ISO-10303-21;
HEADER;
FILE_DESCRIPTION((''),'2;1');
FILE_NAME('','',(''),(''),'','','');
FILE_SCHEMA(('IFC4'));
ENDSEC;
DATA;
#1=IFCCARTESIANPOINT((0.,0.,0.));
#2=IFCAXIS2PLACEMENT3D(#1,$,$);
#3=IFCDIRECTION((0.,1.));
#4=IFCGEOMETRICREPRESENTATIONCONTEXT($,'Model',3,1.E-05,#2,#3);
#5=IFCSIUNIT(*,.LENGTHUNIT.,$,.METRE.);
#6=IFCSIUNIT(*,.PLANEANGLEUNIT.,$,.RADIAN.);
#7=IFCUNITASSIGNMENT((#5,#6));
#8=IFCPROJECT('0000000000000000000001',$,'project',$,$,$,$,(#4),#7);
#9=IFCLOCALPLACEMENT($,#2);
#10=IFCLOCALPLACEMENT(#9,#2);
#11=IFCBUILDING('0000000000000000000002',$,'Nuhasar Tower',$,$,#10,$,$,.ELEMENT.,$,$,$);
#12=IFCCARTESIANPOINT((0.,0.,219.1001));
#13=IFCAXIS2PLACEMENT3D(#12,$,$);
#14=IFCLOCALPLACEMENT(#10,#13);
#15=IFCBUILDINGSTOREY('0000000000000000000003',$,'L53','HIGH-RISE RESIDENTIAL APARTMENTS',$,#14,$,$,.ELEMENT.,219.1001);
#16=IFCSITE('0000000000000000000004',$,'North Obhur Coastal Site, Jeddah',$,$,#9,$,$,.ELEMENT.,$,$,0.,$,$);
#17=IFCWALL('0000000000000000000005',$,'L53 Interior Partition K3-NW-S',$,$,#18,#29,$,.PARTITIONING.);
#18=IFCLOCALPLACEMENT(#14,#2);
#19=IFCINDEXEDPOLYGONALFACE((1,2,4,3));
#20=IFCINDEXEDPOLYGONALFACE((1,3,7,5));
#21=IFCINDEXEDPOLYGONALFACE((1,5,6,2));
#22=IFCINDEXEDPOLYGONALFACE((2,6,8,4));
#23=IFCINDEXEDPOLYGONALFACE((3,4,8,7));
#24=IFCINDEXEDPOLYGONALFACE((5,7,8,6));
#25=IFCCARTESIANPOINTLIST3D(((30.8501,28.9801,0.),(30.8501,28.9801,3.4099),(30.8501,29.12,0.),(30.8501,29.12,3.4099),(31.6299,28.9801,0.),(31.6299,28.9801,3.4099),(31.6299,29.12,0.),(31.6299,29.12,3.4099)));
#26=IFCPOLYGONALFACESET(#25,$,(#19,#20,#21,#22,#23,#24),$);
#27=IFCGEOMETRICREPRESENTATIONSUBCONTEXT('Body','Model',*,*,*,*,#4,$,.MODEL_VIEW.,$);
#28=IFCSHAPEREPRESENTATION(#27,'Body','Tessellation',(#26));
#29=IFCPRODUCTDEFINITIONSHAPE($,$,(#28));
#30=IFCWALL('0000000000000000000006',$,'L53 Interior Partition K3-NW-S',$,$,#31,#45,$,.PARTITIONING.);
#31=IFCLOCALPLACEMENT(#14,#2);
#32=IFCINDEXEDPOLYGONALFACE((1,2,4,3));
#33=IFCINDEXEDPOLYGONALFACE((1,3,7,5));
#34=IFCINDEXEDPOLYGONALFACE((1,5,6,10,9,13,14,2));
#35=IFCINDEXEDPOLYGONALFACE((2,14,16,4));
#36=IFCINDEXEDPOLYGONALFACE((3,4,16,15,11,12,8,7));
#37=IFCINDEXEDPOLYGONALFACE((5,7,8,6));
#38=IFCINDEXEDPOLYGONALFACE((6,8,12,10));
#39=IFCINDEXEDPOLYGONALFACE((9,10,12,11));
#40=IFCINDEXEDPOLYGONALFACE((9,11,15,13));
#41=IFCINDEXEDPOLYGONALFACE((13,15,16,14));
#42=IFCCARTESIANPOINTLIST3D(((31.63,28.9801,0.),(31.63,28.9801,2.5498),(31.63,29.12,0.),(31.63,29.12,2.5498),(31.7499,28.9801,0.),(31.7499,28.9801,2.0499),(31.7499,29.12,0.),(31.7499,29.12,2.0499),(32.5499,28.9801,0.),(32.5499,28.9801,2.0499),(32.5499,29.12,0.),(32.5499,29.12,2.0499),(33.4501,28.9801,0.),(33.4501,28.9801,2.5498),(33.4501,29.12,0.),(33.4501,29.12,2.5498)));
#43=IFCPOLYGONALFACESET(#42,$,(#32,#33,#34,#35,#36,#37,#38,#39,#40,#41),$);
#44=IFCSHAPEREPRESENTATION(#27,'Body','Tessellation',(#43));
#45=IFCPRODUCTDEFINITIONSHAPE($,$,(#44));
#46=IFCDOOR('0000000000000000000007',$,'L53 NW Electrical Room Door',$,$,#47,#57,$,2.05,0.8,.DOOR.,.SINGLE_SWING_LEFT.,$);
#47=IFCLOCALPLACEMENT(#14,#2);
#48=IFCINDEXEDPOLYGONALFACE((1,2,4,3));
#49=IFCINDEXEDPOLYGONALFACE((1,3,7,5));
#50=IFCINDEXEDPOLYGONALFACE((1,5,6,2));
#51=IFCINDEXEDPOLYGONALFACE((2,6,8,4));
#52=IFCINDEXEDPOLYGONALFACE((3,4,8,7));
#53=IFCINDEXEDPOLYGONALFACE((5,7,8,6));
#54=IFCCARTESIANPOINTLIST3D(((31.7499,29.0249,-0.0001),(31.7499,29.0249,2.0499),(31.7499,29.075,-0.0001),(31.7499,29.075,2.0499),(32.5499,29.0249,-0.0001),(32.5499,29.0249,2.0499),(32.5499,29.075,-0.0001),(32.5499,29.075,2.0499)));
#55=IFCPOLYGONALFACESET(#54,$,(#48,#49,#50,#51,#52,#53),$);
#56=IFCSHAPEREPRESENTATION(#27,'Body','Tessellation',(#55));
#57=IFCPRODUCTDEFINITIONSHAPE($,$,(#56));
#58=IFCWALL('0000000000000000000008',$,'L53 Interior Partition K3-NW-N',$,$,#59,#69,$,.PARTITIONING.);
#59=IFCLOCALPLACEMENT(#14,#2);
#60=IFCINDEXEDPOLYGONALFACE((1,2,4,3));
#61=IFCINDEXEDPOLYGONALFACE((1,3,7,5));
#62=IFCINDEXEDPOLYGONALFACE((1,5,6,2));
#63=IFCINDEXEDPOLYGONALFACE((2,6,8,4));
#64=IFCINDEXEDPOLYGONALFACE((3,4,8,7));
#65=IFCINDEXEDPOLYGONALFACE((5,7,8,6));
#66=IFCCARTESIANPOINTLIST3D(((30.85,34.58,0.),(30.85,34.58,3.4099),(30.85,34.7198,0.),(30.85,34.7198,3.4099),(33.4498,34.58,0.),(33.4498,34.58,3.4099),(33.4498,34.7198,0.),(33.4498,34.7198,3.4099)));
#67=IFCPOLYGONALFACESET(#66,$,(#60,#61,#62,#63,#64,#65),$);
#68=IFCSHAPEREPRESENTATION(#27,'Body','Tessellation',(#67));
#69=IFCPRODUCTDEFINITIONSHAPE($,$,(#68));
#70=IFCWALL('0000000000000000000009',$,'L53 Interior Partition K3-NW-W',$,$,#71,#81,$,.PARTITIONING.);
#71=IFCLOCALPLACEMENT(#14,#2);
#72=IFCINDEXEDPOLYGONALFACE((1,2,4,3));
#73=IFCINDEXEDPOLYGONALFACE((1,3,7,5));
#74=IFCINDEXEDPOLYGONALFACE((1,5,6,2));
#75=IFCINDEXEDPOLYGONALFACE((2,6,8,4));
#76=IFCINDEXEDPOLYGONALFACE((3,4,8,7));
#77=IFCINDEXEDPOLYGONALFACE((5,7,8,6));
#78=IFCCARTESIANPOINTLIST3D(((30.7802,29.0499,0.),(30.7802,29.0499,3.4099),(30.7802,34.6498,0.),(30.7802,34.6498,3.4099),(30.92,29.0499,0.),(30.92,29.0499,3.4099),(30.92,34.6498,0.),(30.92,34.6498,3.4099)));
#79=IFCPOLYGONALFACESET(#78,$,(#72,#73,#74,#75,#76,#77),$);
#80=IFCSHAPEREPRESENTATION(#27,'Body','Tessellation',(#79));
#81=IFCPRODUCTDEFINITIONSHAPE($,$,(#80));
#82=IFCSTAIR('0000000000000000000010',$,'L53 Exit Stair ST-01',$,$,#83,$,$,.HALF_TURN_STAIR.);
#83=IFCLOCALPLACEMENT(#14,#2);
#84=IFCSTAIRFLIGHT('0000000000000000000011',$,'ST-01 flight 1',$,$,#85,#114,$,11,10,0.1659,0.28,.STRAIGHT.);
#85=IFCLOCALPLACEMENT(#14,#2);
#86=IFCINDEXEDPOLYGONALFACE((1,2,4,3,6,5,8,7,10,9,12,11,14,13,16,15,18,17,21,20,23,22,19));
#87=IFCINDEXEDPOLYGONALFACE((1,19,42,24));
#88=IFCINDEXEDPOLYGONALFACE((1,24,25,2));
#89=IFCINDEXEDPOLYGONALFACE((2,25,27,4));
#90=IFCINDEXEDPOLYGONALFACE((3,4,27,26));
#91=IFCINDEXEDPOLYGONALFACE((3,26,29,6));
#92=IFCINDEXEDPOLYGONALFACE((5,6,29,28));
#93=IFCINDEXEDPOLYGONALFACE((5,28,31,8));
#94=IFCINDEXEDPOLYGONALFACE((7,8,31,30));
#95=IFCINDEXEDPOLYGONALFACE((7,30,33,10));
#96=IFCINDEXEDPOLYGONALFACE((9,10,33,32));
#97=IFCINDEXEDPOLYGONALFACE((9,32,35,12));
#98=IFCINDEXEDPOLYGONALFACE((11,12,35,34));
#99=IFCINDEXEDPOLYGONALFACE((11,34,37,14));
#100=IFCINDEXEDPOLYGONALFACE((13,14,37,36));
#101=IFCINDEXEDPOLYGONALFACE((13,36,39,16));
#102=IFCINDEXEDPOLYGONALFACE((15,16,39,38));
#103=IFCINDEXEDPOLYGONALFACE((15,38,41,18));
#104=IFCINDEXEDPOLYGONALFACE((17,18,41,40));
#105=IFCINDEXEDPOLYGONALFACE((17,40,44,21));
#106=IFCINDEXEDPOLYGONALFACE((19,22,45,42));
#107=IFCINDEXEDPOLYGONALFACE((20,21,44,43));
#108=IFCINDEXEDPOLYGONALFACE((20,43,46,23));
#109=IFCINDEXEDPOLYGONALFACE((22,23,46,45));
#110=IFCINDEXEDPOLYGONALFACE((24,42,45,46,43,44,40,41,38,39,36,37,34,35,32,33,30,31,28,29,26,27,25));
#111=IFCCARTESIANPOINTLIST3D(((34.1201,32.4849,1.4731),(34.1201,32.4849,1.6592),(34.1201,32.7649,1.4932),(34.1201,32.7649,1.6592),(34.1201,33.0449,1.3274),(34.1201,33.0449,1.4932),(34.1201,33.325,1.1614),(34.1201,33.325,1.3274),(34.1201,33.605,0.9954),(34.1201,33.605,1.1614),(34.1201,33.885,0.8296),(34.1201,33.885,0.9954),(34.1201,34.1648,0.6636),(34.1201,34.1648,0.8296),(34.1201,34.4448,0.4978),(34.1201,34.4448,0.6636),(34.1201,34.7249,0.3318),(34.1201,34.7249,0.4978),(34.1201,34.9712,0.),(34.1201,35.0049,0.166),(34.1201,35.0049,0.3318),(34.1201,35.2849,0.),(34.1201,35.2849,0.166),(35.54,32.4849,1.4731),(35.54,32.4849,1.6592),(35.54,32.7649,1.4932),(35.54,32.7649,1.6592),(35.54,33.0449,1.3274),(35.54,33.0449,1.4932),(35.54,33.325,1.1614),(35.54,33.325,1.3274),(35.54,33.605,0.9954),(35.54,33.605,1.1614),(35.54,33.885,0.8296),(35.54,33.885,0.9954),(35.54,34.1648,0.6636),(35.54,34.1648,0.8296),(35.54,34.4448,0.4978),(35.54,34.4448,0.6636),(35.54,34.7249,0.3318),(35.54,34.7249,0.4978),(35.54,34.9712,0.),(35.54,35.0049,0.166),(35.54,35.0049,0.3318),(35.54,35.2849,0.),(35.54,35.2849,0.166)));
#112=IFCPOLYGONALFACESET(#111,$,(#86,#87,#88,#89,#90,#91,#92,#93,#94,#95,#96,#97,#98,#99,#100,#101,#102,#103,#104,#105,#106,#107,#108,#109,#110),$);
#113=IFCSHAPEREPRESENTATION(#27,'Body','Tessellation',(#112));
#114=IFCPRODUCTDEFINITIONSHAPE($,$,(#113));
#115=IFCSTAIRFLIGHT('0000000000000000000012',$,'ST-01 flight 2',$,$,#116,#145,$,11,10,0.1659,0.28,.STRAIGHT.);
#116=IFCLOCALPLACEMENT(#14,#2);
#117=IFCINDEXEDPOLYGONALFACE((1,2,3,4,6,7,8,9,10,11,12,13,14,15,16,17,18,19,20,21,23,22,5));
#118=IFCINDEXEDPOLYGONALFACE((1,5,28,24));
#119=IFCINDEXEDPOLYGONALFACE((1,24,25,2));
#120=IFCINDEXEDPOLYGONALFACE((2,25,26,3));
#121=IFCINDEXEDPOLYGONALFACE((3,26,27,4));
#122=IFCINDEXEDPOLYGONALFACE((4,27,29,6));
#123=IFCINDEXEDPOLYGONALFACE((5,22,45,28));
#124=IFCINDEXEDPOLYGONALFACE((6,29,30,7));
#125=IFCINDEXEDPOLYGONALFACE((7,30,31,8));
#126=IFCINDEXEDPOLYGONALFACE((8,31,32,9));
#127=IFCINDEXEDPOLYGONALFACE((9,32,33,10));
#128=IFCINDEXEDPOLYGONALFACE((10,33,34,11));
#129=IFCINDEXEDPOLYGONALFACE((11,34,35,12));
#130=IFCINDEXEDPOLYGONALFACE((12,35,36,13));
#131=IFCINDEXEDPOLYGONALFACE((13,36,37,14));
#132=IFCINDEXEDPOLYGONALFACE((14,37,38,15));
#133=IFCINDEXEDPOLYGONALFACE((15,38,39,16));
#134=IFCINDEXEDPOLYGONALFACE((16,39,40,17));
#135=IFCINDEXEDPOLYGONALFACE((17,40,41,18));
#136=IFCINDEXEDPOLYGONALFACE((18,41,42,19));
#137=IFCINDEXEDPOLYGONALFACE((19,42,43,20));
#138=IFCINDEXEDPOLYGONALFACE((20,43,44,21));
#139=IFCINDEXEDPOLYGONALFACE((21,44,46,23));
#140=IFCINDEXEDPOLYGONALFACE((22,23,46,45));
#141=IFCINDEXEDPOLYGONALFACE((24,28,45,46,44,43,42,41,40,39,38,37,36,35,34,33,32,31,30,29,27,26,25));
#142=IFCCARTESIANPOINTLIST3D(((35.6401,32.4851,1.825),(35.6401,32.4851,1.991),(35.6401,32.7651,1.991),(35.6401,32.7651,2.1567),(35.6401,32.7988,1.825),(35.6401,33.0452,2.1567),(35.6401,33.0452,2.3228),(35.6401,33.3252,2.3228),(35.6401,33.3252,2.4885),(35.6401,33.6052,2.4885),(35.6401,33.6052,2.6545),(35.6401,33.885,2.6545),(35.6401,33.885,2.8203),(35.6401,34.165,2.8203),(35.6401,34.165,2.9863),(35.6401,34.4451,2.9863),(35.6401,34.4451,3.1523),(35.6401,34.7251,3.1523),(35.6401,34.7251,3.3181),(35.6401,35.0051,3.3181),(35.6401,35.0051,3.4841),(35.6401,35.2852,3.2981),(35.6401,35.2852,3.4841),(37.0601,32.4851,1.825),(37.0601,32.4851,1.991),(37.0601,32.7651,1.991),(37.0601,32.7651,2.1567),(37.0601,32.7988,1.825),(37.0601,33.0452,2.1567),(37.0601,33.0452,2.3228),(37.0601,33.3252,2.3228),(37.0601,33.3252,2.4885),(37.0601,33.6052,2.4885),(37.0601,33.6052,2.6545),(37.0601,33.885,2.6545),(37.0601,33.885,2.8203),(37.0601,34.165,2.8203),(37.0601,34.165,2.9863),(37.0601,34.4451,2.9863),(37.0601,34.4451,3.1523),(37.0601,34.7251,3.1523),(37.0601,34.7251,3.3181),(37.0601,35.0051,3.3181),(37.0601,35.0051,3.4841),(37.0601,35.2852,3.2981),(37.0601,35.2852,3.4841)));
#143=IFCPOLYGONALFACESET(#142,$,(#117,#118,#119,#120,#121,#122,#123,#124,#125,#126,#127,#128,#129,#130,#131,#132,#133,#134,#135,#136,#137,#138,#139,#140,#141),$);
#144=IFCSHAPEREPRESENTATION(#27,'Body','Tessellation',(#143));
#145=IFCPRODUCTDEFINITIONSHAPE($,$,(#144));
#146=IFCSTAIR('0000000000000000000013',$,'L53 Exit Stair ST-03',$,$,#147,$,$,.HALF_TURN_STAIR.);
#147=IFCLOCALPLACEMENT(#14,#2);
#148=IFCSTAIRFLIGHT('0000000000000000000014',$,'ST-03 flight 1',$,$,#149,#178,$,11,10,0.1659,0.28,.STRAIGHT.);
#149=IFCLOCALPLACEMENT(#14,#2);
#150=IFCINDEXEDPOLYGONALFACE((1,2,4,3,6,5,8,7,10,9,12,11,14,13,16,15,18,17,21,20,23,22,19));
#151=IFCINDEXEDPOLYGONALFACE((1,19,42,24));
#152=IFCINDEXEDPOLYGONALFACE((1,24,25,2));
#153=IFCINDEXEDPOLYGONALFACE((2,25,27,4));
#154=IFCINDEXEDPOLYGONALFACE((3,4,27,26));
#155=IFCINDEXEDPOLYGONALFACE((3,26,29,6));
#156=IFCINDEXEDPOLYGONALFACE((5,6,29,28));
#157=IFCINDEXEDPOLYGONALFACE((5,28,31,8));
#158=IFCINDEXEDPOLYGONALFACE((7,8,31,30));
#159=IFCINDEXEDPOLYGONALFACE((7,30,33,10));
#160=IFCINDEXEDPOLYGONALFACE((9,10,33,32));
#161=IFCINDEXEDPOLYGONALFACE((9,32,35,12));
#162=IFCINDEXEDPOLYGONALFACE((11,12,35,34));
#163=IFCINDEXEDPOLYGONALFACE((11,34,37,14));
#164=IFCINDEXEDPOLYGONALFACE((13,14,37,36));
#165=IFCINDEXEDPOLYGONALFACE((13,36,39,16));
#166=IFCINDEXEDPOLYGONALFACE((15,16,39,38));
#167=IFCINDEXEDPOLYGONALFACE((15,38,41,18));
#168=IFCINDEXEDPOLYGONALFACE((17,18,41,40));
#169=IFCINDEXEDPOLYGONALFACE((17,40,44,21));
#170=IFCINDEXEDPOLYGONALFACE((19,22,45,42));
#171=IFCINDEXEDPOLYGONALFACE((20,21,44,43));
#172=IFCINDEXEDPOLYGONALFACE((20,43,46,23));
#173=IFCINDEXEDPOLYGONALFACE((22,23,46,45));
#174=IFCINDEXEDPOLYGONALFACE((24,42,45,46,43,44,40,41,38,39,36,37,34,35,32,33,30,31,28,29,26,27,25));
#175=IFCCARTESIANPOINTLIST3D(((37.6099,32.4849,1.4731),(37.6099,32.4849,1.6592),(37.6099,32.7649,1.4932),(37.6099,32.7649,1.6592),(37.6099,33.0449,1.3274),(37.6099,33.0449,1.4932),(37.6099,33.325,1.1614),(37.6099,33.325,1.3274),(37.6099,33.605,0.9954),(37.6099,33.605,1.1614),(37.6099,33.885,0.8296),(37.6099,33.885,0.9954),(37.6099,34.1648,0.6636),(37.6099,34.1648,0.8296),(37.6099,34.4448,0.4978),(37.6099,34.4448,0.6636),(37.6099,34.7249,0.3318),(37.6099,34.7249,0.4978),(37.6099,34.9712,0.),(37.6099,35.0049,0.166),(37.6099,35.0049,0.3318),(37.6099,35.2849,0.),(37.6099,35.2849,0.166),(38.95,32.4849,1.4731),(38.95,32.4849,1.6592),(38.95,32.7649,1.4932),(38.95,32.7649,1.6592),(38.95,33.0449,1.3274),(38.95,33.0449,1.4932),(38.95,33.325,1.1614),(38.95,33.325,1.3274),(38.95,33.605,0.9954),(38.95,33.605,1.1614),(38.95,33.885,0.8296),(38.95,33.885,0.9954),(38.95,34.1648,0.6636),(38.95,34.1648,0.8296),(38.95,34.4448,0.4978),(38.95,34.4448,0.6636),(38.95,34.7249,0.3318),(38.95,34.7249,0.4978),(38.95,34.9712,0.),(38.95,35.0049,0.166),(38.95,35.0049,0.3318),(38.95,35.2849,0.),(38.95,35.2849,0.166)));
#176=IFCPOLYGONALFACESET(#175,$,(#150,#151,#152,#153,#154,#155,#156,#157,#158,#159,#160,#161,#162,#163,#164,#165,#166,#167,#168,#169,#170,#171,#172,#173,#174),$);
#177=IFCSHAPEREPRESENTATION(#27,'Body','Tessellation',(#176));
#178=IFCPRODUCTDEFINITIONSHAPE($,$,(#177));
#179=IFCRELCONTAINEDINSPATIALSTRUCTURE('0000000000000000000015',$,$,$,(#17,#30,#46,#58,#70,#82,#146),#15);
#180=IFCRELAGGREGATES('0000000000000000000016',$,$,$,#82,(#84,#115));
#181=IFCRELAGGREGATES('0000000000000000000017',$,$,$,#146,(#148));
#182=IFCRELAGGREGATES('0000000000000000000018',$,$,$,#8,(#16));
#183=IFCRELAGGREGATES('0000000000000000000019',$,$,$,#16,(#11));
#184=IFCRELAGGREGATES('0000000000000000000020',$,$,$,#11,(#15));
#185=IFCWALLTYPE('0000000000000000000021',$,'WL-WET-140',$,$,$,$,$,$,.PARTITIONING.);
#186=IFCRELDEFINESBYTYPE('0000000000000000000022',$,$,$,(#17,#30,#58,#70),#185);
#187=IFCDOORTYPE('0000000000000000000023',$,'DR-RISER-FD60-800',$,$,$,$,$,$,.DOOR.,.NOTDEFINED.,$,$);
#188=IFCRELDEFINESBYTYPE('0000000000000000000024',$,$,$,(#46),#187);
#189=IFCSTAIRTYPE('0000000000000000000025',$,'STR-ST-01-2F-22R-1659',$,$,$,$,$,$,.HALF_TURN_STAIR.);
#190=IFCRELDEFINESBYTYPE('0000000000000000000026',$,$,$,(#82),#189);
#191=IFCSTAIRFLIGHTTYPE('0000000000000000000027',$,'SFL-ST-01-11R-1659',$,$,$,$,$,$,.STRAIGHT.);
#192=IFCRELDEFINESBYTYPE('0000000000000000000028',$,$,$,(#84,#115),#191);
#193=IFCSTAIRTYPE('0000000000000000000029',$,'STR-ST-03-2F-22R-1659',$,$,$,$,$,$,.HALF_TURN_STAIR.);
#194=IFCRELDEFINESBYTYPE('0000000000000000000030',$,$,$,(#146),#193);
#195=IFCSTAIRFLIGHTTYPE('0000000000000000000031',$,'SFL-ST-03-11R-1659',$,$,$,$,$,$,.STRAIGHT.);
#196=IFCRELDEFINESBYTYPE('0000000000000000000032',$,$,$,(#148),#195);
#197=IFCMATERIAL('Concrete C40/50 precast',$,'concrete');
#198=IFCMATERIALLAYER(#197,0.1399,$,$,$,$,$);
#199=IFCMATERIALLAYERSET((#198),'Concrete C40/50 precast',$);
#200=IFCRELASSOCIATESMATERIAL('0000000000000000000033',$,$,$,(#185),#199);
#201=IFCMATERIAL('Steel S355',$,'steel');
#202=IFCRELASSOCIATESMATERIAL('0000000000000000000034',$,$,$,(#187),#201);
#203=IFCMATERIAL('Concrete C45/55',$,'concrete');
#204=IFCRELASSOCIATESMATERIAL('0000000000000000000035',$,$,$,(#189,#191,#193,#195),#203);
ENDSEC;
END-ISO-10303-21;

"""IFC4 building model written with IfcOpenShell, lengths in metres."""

from ifc_helpers import new_model, si_unit, direction, frame, frame_2d, origin, place, context, subcontext, project, spatial, polyline, rectangle, outline, extrude, material, layer, layer_set, type_object, element, fill, aggregate, save


model = new_model("IFC4")

# Units and contexts
model_context = context("Model", 3, precision=1e-05, world=origin(), true_north=direction((0.0, 1.0)))
body_context = subcontext(model_context, "Body", "Model", "MODEL_VIEW")
ifc_project = project(units=[si_unit("LENGTHUNIT", "METRE"), si_unit("PLANEANGLEUNIT", "RADIAN")], contexts=[model_context])

# Site, building, storey
site_placement = place(None, origin())
site = spatial("IfcSite", under=ifc_project, at=site_placement, Name="North Obhur Coastal Site, Jeddah", CompositionType="ELEMENT", RefElevation=0.0)
building_placement = place(site_placement, origin())
building = spatial("IfcBuilding", under=site, at=building_placement, Name="Nuhasar Tower", CompositionType="ELEMENT")
storey_placement = place(building_placement, frame((0.0, 0.0, 219.1001)))
storey = spatial("IfcBuildingStorey", under=building, at=storey_placement, Name="L53", Description="HIGH-RISE RESIDENTIAL APARTMENTS", CompositionType="ELEMENT", Elevation=219.1001)

# Shared definitions
ifc_material_1 = material(Name="Steel S355", Category="steel")

# Shared definitions
ifc_material_2 = material(Name="Concrete C40/50 precast", Category="concrete")
ifc_layer_1 = layer(ifc_material_2, 0.1399)
ifc_layer_set_1 = layer_set([ifc_layer_1], Name="Concrete C40/50 precast")
wall_type_1 = type_object("IfcWallType", Name="WL-WET-140", PredefinedType="PARTITIONING", material=ifc_layer_set_1)

# Wall
wall_1_placement = place(storey_placement, frame((30.8501, 29.05, 0.0), z_axis=(0.0, 0.0, 1.0), x_axis=(1.0, 0.0, 0.0)))
element("IfcWall", 1, at=wall_1_placement, inside=storey, type_object=wall_type_1, Name="L53 Interior Partition K3-NW-S", PredefinedType="PARTITIONING", context=body_context, shape_type="SweptSolid", body=[
    extrude(rectangle(XDim=0.7798, YDim=0.1399, at=frame_2d((0.3899, 0.0))), origin(), (0.0, 0.0, 1.0), 3.4099),
])

# Wall, opening, door
wall_2_placement = place(storey_placement, frame((31.6299, 29.05, 0.0), z_axis=(0.0, 0.0, 1.0), x_axis=(1.0, 0.0, 0.0)))
wall_2 = element("IfcWall", 2, at=wall_2_placement, inside=storey, type_object=wall_type_1, Name="L53 Interior Partition K3-NW-S", PredefinedType="PARTITIONING", context=body_context, shape_type="SweptSolid", body=[
    extrude(rectangle(XDim=1.8201, YDim=0.1399, at=frame_2d((0.9102, 0.0))), origin(), (0.0, 0.0, 1.0), 2.5498),
])
opening_1_placement = place(wall_2_placement, frame((0.1201, 0.0, 0.0)))
opening_1 = element("IfcOpeningElement", 3, at=opening_1_placement, cuts=wall_2, PredefinedType="OPENING", context=body_context, shape_type="SweptSolid", body=[
    extrude(rectangle(XDim=0.8, YDim=2.05, at=frame_2d((0.3999, 1.0249))), frame((0.0, 0.0801, 0.0), z_axis=(0.0, -1.0, 0.0), x_axis=(1.0, 0.0, 0.0)), (0.0, 0.0, 1.0), 0.1599),
])
door_type_1 = type_object("IfcDoorType", Name="DR-RISER-FD60-800", OperationType="NOTDEFINED", PredefinedType="DOOR", material=ifc_material_1)
door_1_placement = place(opening_1_placement, origin())
door_1 = element("IfcDoor", 4, at=door_1_placement, inside=storey, type_object=door_type_1, Name="L53 NW Electrical Room Door", OperationType="SINGLE_SWING_LEFT", OverallHeight=2.05, OverallWidth=0.8, PredefinedType="DOOR", context=body_context, shape_type="SweptSolid", body=[
    extrude(rectangle(XDim=0.8, YDim=2.05, at=frame_2d((0.3999, 1.0249))), frame((0.0, 0.0249, 0.0), z_axis=(0.0, -1.0, 0.0), x_axis=(1.0, 0.0, 0.0)), (0.0, 0.0, 1.0), 0.05),
])
fill(opening_1, door_1)

# Walls
wall_3_placement = place(storey_placement, frame((30.8501, 34.6499, 0.0), z_axis=(0.0, 0.0, 1.0), x_axis=(1.0, 0.0, 0.0)))
element("IfcWall", 5, at=wall_3_placement, inside=storey, type_object=wall_type_1, Name="L53 Interior Partition K3-NW-N", PredefinedType="PARTITIONING", context=body_context, shape_type="SweptSolid", body=[
    extrude(rectangle(XDim=2.5999, YDim=0.1399, at=frame_2d((1.2998, 0.0))), origin(), (0.0, 0.0, 1.0), 3.4099),
])
wall_4_placement = place(storey_placement, frame((30.8501, 29.05, 0.0), z_axis=(0.0, 0.0, 1.0), x_axis=(0.0, 1.0, 0.0)))
element("IfcWall", 6, at=wall_4_placement, inside=storey, type_object=wall_type_1, Name="L53 Interior Partition K3-NW-W", PredefinedType="PARTITIONING", context=body_context, shape_type="SweptSolid", body=[
    extrude(rectangle(XDim=5.5999, YDim=0.1399, at=frame_2d((2.7998, 0.0))), origin(), (0.0, 0.0, 1.0), 3.4099),
])

# Stair, stair flights
ifc_material_3 = material(Name="Concrete C45/55", Category="concrete")
stair_type_1 = type_object("IfcStairType", Name="STR-ST-01-2F-22R-1659", PredefinedType="HALF_TURN_STAIR", material=ifc_material_3)
stair_1_placement = place(storey_placement, origin())
stair_1 = element("IfcStair", 7, at=stair_1_placement, inside=storey, type_object=stair_type_1, Name="L53 Exit Stair ST-01", PredefinedType="HALF_TURN_STAIR")
stair_flight_type_1 = type_object("IfcStairFlightType", Name="SFL-ST-01-11R-1659", PredefinedType="STRAIGHT", material=ifc_material_3)
stair_flight_1_placement = place(storey_placement, frame((34.8301, 35.2849, 0.0), z_axis=(0.0, 0.0, 1.0), x_axis=(0.0, -1.0, 0.0)))
stair_flight_1 = element("IfcStairFlight", 8, at=stair_flight_1_placement, type_object=stair_flight_type_1, Name="ST-01 flight 1", NumberOfRisers=11, NumberOfTreads=10, PredefinedType="STRAIGHT", RiserHeight=0.1659, TreadLength=0.28, context=body_context, shape_type="SweptSolid", body=[
    extrude(outline(polyline([(0.0, 0.0), (0.0, 0.166), (0.28, 0.166), (0.28, 0.3318), (0.5601, 0.3318), (0.5601, 0.4978), (0.8401, 0.4978), (0.8401, 0.6636), (1.1201, 0.6636), (1.1201, 0.8296), (1.3999, 0.8296), (1.3999, 0.9954), (1.6799, 0.9954), (1.6799, 1.1614), (1.96, 1.1614), (1.96, 1.3274), (2.24, 1.3274), (2.24, 1.4932), (2.52, 1.4932), (2.52, 1.6592), (2.8, 1.6592), (2.8, 1.825), (2.8, 1.4731), (0.3137, 0.0), (0.0, 0.0)])), frame((0.0, 0.71, 0.0), z_axis=(0.0, -1.0, 0.0), x_axis=(1.0, 0.0, 0.0)), (0.0, 0.0, 1.0), 1.4199),
])
stair_flight_2_placement = place(storey_placement, frame((36.3501, 32.4851, 1.825), z_axis=(0.0, 0.0, 1.0), x_axis=(0.0, 1.0, 0.0)))
stair_flight_2 = element("IfcStairFlight", 9, at=stair_flight_2_placement, type_object=stair_flight_type_1, Name="ST-01 flight 2", NumberOfRisers=11, NumberOfTreads=10, PredefinedType="STRAIGHT", RiserHeight=0.1659, TreadLength=0.28, context=body_context, shape_type="SweptSolid", body=[
    extrude(outline(polyline([(0.0, 0.0), (0.0, 0.166), (0.28, 0.166), (0.28, 0.3318), (0.5601, 0.3318), (0.5601, 0.4978), (0.8401, 0.4978), (0.8401, 0.6636), (1.1201, 0.6636), (1.1201, 0.8296), (1.3999, 0.8296), (1.3999, 0.9954), (1.6799, 0.9954), (1.6799, 1.1614), (1.96, 1.1614), (1.96, 1.3274), (2.24, 1.3274), (2.24, 1.4932), (2.52, 1.4932), (2.52, 1.6592), (2.8, 1.6592), (2.8, 1.825), (2.8, 1.4731), (0.3137, 0.0), (0.0, 0.0)])), frame((0.0, 0.71, 0.0), z_axis=(0.0, -1.0, 0.0), x_axis=(1.0, 0.0, 0.0)), (0.0, 0.0, 1.0), 1.4199),
])
aggregate(stair_1, [stair_flight_1, stair_flight_2])

# Stair, stair flight
stair_type_2 = type_object("IfcStairType", Name="STR-ST-03-2F-22R-1659", PredefinedType="HALF_TURN_STAIR", material=ifc_material_3)
stair_2_placement = place(storey_placement, origin())
stair_2 = element("IfcStair", 10, at=stair_2_placement, inside=storey, type_object=stair_type_2, Name="L53 Exit Stair ST-03", PredefinedType="HALF_TURN_STAIR")
stair_flight_type_2 = type_object("IfcStairFlightType", Name="SFL-ST-03-11R-1659", PredefinedType="STRAIGHT", material=ifc_material_3)
stair_flight_3_placement = place(storey_placement, frame((38.28, 35.2849, 0.0), z_axis=(0.0, 0.0, 1.0), x_axis=(0.0, -1.0, 0.0)))
stair_flight_3 = element("IfcStairFlight", 11, at=stair_flight_3_placement, type_object=stair_flight_type_2, Name="ST-03 flight 1", NumberOfRisers=11, NumberOfTreads=10, PredefinedType="STRAIGHT", RiserHeight=0.1659, TreadLength=0.28, context=body_context, shape_type="SweptSolid", body=[
    extrude(outline(polyline([(0.0, 0.0), (0.0, 0.166), (0.28, 0.166), (0.28, 0.3318), (0.5601, 0.3318), (0.5601, 0.4978), (0.8401, 0.4978), (0.8401, 0.6636), (1.1201, 0.6636), (1.1201, 0.8296), (1.3999, 0.8296), (1.3999, 0.9954), (1.6799, 0.9954), (1.6799, 1.1614), (1.96, 1.1614), (1.96, 1.3274), (2.24, 1.3274), (2.24, 1.4932), (2.52, 1.4932), (2.52, 1.6592), (2.8, 1.6592), (2.8, 1.825), (2.8, 1.4731), (0.3137, 0.0), (0.0, 0.0)])), frame((0.0, 0.6699, 0.0), z_axis=(0.0, -1.0, 0.0), x_axis=(1.0, 0.0, 0.0)), (0.0, 0.0, 1.0), 1.3401),
])
aggregate(stair_2, [stair_flight_3])

save(model, "model.ifc")
